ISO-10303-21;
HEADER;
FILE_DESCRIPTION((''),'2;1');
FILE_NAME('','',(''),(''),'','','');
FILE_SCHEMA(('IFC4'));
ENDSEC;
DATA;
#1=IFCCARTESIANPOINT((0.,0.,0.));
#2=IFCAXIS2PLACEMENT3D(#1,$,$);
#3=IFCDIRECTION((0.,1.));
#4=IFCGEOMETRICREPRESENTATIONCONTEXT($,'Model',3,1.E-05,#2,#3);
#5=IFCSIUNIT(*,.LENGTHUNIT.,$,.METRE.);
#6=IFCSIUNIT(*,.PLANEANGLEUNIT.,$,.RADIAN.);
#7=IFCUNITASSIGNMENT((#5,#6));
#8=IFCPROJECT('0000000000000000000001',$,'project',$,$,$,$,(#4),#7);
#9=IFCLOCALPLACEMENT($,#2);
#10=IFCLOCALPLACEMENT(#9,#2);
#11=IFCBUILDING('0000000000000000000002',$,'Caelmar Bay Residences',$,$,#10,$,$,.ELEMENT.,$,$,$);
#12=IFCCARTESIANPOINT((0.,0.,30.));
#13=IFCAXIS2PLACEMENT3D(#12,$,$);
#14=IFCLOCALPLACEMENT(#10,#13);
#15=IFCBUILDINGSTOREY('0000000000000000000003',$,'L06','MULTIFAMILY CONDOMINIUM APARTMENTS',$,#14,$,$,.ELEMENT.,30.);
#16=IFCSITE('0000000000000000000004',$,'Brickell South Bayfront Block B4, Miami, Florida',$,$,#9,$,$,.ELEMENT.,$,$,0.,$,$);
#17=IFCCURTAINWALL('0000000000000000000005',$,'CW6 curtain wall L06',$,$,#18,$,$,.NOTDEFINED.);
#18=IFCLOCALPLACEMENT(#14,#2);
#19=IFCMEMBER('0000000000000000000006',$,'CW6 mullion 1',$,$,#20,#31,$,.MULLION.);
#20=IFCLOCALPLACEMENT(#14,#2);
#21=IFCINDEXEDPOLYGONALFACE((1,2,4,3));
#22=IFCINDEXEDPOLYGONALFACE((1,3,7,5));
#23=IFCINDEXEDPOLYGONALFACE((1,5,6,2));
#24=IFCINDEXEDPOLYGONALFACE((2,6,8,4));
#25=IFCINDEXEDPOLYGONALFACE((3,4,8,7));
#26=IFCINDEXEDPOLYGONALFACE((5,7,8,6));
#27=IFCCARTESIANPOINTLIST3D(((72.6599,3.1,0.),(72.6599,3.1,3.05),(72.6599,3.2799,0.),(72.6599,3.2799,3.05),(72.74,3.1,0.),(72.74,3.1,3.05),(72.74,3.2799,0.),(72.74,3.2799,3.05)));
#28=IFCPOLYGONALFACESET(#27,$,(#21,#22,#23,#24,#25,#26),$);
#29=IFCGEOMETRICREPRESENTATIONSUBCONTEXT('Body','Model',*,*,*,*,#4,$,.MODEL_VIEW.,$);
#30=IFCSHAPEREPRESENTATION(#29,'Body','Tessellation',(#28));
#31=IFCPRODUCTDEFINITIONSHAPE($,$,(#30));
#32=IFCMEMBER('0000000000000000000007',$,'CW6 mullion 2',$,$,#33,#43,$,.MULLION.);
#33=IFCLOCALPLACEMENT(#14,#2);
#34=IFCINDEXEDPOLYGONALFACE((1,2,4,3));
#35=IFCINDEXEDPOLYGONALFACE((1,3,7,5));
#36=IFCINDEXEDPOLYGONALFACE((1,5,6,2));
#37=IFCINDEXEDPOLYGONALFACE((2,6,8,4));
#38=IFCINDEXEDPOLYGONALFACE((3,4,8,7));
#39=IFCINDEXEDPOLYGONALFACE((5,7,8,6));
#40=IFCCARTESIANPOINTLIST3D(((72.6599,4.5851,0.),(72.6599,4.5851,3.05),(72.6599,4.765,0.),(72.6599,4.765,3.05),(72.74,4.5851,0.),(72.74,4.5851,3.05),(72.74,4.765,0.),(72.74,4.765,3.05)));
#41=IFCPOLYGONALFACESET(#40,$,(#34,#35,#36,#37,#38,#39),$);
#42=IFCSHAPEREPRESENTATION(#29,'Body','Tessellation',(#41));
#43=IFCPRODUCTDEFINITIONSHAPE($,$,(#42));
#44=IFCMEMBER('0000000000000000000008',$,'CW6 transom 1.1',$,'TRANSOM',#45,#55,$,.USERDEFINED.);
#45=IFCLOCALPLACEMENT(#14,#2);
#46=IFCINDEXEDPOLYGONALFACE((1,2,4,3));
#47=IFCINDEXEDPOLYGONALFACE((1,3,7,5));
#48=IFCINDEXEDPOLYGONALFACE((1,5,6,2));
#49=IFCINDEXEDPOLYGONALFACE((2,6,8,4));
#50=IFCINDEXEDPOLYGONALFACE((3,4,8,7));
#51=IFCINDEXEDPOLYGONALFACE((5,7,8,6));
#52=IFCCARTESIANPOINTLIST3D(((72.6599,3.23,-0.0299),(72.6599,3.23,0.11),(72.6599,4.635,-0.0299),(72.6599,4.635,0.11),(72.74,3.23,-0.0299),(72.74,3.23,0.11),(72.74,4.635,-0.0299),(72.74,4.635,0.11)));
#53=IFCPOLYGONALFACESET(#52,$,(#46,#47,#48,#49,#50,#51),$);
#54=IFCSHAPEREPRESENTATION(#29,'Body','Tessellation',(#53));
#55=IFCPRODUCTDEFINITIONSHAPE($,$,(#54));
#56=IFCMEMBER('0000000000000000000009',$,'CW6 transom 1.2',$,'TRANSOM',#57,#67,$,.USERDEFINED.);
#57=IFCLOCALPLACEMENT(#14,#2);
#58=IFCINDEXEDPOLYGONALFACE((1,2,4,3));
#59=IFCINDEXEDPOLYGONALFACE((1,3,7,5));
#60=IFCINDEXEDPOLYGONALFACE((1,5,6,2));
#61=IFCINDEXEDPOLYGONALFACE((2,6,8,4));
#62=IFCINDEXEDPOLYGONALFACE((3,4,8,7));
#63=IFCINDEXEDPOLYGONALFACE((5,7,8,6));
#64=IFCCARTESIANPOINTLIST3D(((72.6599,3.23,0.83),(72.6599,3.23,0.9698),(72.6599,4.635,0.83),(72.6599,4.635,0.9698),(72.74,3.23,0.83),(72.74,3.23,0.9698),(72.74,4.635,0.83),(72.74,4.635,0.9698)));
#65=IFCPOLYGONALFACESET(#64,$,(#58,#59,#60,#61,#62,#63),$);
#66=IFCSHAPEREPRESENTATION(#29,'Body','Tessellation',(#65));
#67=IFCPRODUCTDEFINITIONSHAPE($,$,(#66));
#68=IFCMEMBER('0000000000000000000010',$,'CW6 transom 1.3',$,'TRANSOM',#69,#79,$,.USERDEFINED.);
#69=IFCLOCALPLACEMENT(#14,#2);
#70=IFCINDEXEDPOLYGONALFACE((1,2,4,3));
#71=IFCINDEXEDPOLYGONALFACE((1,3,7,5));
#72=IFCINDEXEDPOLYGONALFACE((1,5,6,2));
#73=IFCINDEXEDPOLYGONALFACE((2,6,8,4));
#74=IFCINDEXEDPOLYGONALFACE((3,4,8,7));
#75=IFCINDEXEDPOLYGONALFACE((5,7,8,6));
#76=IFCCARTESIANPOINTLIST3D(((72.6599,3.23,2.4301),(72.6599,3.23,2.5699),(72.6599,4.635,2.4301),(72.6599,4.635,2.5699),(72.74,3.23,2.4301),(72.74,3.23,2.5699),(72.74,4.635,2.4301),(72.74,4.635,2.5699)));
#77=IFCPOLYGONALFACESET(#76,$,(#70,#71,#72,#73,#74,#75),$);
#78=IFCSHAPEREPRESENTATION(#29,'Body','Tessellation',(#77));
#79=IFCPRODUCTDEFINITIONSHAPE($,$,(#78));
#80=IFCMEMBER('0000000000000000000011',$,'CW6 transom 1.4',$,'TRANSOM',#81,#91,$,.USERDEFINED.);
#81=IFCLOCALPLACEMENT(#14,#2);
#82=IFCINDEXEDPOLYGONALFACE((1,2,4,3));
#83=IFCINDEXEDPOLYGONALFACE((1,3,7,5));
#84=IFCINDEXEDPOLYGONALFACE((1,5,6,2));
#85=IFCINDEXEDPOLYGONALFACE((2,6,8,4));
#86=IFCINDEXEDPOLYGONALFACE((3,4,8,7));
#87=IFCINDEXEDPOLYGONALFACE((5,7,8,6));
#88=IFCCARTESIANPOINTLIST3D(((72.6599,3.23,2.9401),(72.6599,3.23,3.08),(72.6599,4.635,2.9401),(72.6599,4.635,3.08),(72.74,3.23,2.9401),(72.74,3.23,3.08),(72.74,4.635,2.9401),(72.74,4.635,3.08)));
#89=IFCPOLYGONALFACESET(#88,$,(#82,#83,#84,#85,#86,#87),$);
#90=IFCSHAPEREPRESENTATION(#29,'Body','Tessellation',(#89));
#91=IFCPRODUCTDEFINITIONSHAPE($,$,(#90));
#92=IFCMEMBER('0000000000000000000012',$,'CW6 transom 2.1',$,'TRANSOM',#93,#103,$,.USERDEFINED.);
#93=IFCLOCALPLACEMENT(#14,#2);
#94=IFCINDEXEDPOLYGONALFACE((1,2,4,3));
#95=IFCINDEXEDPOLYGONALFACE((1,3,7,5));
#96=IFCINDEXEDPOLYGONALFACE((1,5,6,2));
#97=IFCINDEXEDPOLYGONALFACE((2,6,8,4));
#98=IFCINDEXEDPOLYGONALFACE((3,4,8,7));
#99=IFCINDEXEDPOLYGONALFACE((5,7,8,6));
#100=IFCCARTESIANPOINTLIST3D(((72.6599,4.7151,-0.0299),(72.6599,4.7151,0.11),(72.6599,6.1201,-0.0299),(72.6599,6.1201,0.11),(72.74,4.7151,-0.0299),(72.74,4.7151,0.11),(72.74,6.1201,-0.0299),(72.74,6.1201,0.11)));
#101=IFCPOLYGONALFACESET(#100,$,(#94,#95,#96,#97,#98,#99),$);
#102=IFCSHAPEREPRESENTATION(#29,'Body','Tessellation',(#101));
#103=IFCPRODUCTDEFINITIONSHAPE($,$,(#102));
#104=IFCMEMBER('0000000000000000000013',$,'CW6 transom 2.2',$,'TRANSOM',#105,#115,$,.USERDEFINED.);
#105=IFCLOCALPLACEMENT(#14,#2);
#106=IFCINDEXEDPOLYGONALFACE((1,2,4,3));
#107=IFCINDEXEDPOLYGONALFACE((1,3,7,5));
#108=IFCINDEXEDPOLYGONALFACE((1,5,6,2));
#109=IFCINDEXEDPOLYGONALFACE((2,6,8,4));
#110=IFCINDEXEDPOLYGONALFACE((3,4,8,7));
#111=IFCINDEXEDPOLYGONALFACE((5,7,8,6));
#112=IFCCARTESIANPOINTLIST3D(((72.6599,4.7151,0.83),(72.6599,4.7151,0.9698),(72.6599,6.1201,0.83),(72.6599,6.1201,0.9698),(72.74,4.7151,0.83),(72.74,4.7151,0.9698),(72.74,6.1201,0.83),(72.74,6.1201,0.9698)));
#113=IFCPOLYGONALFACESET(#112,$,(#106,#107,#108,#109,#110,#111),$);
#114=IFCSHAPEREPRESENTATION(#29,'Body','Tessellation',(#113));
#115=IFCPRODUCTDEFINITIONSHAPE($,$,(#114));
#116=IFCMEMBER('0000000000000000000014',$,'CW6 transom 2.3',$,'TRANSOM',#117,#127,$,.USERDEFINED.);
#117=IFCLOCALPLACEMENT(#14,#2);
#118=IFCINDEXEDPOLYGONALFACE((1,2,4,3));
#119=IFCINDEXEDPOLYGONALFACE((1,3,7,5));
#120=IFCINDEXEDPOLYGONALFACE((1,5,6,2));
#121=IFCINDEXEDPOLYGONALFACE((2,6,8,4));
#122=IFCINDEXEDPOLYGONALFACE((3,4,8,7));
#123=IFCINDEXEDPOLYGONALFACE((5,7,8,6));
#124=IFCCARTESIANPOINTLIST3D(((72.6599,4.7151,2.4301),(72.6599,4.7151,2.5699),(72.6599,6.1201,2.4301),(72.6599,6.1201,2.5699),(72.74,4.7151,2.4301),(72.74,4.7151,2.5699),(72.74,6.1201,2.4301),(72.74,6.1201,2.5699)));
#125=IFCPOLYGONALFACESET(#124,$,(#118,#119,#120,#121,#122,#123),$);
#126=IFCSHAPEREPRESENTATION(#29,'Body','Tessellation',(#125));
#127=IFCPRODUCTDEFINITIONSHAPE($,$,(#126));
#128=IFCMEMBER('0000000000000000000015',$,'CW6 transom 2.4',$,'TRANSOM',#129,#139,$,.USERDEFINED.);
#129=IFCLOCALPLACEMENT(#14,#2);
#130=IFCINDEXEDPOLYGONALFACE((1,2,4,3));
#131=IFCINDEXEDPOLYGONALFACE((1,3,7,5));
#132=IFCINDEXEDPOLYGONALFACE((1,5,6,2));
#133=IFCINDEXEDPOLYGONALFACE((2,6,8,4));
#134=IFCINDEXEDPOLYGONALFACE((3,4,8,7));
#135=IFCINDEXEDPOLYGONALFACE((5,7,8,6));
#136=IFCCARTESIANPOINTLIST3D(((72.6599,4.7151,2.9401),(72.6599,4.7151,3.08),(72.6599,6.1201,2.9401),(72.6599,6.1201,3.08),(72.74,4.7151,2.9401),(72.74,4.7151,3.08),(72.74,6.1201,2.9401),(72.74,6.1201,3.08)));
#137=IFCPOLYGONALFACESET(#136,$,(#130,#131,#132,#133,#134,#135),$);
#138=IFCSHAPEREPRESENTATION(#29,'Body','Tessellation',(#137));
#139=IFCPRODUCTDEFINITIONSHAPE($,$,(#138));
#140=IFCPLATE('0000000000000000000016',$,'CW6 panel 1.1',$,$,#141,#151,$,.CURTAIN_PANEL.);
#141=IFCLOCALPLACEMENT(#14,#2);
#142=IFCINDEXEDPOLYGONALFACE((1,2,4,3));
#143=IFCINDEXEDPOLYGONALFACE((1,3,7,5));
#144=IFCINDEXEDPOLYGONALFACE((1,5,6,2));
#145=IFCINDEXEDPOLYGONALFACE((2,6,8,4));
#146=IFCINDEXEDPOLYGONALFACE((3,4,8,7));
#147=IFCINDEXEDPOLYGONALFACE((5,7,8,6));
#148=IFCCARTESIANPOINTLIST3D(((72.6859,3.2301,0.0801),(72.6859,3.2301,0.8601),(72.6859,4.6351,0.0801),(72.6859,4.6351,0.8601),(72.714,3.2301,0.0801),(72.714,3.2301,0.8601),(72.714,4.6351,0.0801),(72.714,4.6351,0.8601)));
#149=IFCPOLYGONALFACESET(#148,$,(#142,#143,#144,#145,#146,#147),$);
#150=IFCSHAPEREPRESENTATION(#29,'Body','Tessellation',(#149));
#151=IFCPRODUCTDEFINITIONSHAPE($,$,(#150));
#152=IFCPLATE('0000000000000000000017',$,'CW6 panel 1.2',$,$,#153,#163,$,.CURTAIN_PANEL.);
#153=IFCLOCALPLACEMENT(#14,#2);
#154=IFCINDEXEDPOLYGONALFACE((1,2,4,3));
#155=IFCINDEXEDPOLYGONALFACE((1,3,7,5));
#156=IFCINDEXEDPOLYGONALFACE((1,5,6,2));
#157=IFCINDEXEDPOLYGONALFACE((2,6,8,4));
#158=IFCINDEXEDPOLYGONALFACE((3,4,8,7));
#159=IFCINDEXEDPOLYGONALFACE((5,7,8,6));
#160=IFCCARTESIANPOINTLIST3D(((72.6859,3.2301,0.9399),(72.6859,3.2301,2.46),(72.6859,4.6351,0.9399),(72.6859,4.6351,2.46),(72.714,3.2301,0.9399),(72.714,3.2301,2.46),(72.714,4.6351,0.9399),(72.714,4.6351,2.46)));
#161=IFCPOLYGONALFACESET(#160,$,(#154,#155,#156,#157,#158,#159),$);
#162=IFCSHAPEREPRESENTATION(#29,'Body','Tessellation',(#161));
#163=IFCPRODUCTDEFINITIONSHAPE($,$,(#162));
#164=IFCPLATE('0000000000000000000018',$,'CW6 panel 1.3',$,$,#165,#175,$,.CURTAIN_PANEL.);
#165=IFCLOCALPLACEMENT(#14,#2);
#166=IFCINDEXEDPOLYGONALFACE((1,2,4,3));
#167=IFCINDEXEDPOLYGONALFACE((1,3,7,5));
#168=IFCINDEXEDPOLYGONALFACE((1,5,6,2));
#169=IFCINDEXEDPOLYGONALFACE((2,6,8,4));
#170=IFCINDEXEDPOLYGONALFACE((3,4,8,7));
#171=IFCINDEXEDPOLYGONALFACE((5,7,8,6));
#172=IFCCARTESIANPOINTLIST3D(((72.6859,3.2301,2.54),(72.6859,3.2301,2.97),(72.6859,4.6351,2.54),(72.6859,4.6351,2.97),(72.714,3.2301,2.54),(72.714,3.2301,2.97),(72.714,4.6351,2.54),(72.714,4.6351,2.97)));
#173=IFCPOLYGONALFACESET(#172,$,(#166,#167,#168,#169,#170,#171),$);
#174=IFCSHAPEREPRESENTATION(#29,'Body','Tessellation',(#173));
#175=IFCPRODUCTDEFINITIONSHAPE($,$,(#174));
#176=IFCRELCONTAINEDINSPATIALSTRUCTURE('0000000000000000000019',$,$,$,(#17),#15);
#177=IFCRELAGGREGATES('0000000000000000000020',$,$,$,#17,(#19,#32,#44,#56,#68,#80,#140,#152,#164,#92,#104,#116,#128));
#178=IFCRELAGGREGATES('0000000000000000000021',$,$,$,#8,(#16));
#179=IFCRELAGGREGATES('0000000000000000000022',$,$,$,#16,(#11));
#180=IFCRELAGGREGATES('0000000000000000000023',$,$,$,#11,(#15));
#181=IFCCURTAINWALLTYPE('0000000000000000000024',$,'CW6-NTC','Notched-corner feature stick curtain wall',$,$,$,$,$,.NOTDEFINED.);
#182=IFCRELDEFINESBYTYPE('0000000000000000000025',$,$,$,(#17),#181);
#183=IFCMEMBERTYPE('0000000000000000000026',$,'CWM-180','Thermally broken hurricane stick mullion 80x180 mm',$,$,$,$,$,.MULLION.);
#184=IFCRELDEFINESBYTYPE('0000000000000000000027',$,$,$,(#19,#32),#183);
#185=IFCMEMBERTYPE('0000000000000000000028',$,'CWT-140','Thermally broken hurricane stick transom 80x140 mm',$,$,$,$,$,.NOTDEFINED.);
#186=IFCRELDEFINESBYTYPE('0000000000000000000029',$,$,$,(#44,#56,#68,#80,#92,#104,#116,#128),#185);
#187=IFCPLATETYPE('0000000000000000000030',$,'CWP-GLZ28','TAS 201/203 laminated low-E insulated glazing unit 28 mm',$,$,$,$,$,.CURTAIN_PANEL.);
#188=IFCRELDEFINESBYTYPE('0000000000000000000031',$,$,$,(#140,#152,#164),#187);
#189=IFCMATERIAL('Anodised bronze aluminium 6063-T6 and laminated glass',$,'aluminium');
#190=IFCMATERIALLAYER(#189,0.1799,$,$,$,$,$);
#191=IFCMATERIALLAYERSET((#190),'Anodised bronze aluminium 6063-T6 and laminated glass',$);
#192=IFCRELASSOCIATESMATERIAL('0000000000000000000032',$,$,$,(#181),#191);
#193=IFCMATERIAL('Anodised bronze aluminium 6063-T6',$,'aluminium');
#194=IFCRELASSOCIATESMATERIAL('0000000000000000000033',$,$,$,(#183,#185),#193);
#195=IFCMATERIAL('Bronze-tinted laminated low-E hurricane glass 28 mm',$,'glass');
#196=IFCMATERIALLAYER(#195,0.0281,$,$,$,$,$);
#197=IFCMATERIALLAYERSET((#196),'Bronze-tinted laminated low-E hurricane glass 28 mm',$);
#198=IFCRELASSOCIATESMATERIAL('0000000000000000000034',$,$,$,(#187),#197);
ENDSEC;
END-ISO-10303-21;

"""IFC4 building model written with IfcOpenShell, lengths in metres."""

from ifc_helpers import new_model, si_unit, direction, frame, origin, origin_2d, place, context, subcontext, project, spatial, rectangle, extrude, material, layer, layer_set, material_profile, profile_set, type_object, element, aggregate, save


model = new_model("IFC4")

# Units and contexts
model_context = context("Model", 3, precision=1e-05, world=origin(), true_north=direction((0.0, 1.0)))
body_context = subcontext(model_context, "Body", "Model", "MODEL_VIEW")
ifc_project = project(units=[si_unit("LENGTHUNIT", "METRE"), si_unit("PLANEANGLEUNIT", "RADIAN")], contexts=[model_context])

# Site, building, storey
site_placement = place(None, origin())
site = spatial("IfcSite", under=ifc_project, at=site_placement, Name="Brickell South Bayfront Block B4, Miami, Florida", CompositionType="ELEMENT", RefElevation=0.0)
building_placement = place(site_placement, origin())
building = spatial("IfcBuilding", under=site, at=building_placement, Name="Caelmar Bay Residences", CompositionType="ELEMENT")
storey_placement = place(building_placement, frame((0.0, 0.0, 30.0)))
storey = spatial("IfcBuildingStorey", under=building, at=storey_placement, Name="L06", Description="MULTIFAMILY CONDOMINIUM APARTMENTS", CompositionType="ELEMENT", Elevation=30.0)

# Curtain wall, members, plates
ifc_material_1 = material(Name="Anodised bronze aluminium 6063-T6 and laminated glass", Category="aluminium")
ifc_layer_1 = layer(ifc_material_1, 0.1799)
ifc_layer_set_1 = layer_set([ifc_layer_1], Name="Anodised bronze aluminium 6063-T6 and laminated glass")
curtain_wall_type = type_object("IfcCurtainWallType", Name="CW6-NTC", Description="Notched-corner feature stick curtain wall", PredefinedType="NOTDEFINED", material=ifc_layer_set_1)
curtain_wall_placement = place(storey_placement, origin())
curtain_wall = element("IfcCurtainWall", 1, at=curtain_wall_placement, inside=storey, type_object=curtain_wall_type, Name="CW6 curtain wall L06", PredefinedType="NOTDEFINED")
ifc_material_2 = material(Name="Anodised bronze aluminium 6063-T6", Category="aluminium")
ifc_material_profile_1 = material_profile(ifc_material_2, rectangle(XDim=0.0801, YDim=0.1799, at=origin_2d()), Name="CWM-80X180")
ifc_profile_set_1 = profile_set([ifc_material_profile_1], Name="Anodised bronze aluminium 6063-T6")
member_type_1 = type_object("IfcMemberType", Name="CWM-180", Description="Thermally broken hurricane stick mullion 80x180 mm", PredefinedType="MULLION", material=ifc_profile_set_1)
member_1_placement = place(storey_placement, frame((72.7, 3.1899, 0.0), z_axis=(0.0, 0.0, 1.0), x_axis=(-1.0, 0.0, 0.0)))
member_1 = element("IfcMember", 2, at=member_1_placement, type_object=member_type_1, Name="CW6 mullion 1", PredefinedType="MULLION", context=body_context, shape_type="SweptSolid", body=[
    extrude(rectangle(XDim=0.0801, YDim=0.1799, at=origin_2d()), origin(), (0.0, 0.0, 1.0), 3.05),
])
member_2_placement = place(storey_placement, frame((72.7, 4.675, 0.0), z_axis=(0.0, 0.0, 1.0), x_axis=(-1.0, 0.0, 0.0)))
member_2 = element("IfcMember", 3, at=member_2_placement, type_object=member_type_1, Name="CW6 mullion 2", PredefinedType="MULLION", context=body_context, shape_type="SweptSolid", body=[
    extrude(rectangle(XDim=0.0801, YDim=0.1799, at=origin_2d()), origin(), (0.0, 0.0, 1.0), 3.05),
])
ifc_material_profile_2 = material_profile(ifc_material_2, rectangle(XDim=0.0801, YDim=0.1399, at=origin_2d()), Name="CWT-80X140")
ifc_profile_set_2 = profile_set([ifc_material_profile_2], Name="Anodised bronze aluminium 6063-T6")
member_type_2 = type_object("IfcMemberType", Name="CWT-140", Description="Thermally broken hurricane stick transom 80x140 mm", PredefinedType="NOTDEFINED", material=ifc_profile_set_2)
member_3_placement = place(storey_placement, frame((72.7, 3.23, 0.04), z_axis=(0.0, 1.0, 0.0), x_axis=(-1.0, 0.0, 0.0)))
member_3 = element("IfcMember", 4, at=member_3_placement, type_object=member_type_2, Name="CW6 transom 1.1", ObjectType="TRANSOM", PredefinedType="USERDEFINED", context=body_context, shape_type="SweptSolid", body=[
    extrude(rectangle(XDim=0.0801, YDim=0.1399, at=origin_2d()), origin(), (0.0, 0.0, 1.0), 1.405),
])
member_4_placement = place(storey_placement, frame((72.7, 3.23, 0.8999), z_axis=(0.0, 1.0, 0.0), x_axis=(-1.0, 0.0, 0.0)))
member_4 = element("IfcMember", 5, at=member_4_placement, type_object=member_type_2, Name="CW6 transom 1.2", ObjectType="TRANSOM", PredefinedType="USERDEFINED", context=body_context, shape_type="SweptSolid", body=[
    extrude(rectangle(XDim=0.0801, YDim=0.1399, at=origin_2d()), origin(), (0.0, 0.0, 1.0), 1.405),
])
member_5_placement = place(storey_placement, frame((72.7, 3.23, 2.5), z_axis=(0.0, 1.0, 0.0), x_axis=(-1.0, 0.0, 0.0)))
member_5 = element("IfcMember", 6, at=member_5_placement, type_object=member_type_2, Name="CW6 transom 1.3", ObjectType="TRANSOM", PredefinedType="USERDEFINED", context=body_context, shape_type="SweptSolid", body=[
    extrude(rectangle(XDim=0.0801, YDim=0.1399, at=origin_2d()), origin(), (0.0, 0.0, 1.0), 1.405),
])
member_6_placement = place(storey_placement, frame((72.7, 3.23, 3.01), z_axis=(0.0, 1.0, 0.0), x_axis=(-1.0, 0.0, 0.0)))
member_6 = element("IfcMember", 7, at=member_6_placement, type_object=member_type_2, Name="CW6 transom 1.4", ObjectType="TRANSOM", PredefinedType="USERDEFINED", context=body_context, shape_type="SweptSolid", body=[
    extrude(rectangle(XDim=0.0801, YDim=0.1399, at=origin_2d()), origin(), (0.0, 0.0, 1.0), 1.405),
])
member_7_placement = place(storey_placement, frame((72.7, 4.7151, 0.04), z_axis=(0.0, 1.0, 0.0), x_axis=(-1.0, 0.0, 0.0)))
member_7 = element("IfcMember", 8, at=member_7_placement, type_object=member_type_2, Name="CW6 transom 2.1", ObjectType="TRANSOM", PredefinedType="USERDEFINED", context=body_context, shape_type="SweptSolid", body=[
    extrude(rectangle(XDim=0.0801, YDim=0.1399, at=origin_2d()), origin(), (0.0, 0.0, 1.0), 1.405),
])
member_8_placement = place(storey_placement, frame((72.7, 4.7151, 0.8999), z_axis=(0.0, 1.0, 0.0), x_axis=(-1.0, 0.0, 0.0)))
member_8 = element("IfcMember", 9, at=member_8_placement, type_object=member_type_2, Name="CW6 transom 2.2", ObjectType="TRANSOM", PredefinedType="USERDEFINED", context=body_context, shape_type="SweptSolid", body=[
    extrude(rectangle(XDim=0.0801, YDim=0.1399, at=origin_2d()), origin(), (0.0, 0.0, 1.0), 1.405),
])
member_9_placement = place(storey_placement, frame((72.7, 4.7151, 2.5), z_axis=(0.0, 1.0, 0.0), x_axis=(-1.0, 0.0, 0.0)))
member_9 = element("IfcMember", 10, at=member_9_placement, type_object=member_type_2, Name="CW6 transom 2.3", ObjectType="TRANSOM", PredefinedType="USERDEFINED", context=body_context, shape_type="SweptSolid", body=[
    extrude(rectangle(XDim=0.0801, YDim=0.1399, at=origin_2d()), origin(), (0.0, 0.0, 1.0), 1.405),
])
member_10_placement = place(storey_placement, frame((72.7, 4.7151, 3.01), z_axis=(0.0, 1.0, 0.0), x_axis=(-1.0, 0.0, 0.0)))
member_10 = element("IfcMember", 11, at=member_10_placement, type_object=member_type_2, Name="CW6 transom 2.4", ObjectType="TRANSOM", PredefinedType="USERDEFINED", context=body_context, shape_type="SweptSolid", body=[
    extrude(rectangle(XDim=0.0801, YDim=0.1399, at=origin_2d()), origin(), (0.0, 0.0, 1.0), 1.405),
])
ifc_material_3 = material(Name="Bronze-tinted laminated low-E hurricane glass 28 mm", Category="glass")
ifc_layer_2 = layer(ifc_material_3, 0.0281)
ifc_layer_set_2 = layer_set([ifc_layer_2], Name="Bronze-tinted laminated low-E hurricane glass 28 mm")
plate_type = type_object("IfcPlateType", Name="CWP-GLZ28", Description="TAS 201/203 laminated low-E insulated glazing unit 28 mm", PredefinedType="CURTAIN_PANEL", material=ifc_layer_set_2)
plate_1_placement = place(storey_placement, frame((72.7, 3.9326, 0.0801), z_axis=(0.0, 0.0, 1.0), x_axis=(0.0, 1.0, 0.0)))
plate_1 = element("IfcPlate", 12, at=plate_1_placement, type_object=plate_type, Name="CW6 panel 1.1", PredefinedType="CURTAIN_PANEL", context=body_context, shape_type="SweptSolid", body=[
    extrude(rectangle(XDim=1.405, YDim=0.0281, at=origin_2d()), origin(), (0.0, 0.0, 1.0), 0.78),
])
plate_2_placement = place(storey_placement, frame((72.7, 3.9326, 0.9399), z_axis=(0.0, 0.0, 1.0), x_axis=(0.0, 1.0, 0.0)))
plate_2 = element("IfcPlate", 13, at=plate_2_placement, type_object=plate_type, Name="CW6 panel 1.2", PredefinedType="CURTAIN_PANEL", context=body_context, shape_type="SweptSolid", body=[
    extrude(rectangle(XDim=1.405, YDim=0.0281, at=origin_2d()), origin(), (0.0, 0.0, 1.0), 1.52),
])
plate_3_placement = place(storey_placement, frame((72.7, 3.9326, 2.54), z_axis=(0.0, 0.0, 1.0), x_axis=(0.0, 1.0, 0.0)))
plate_3 = element("IfcPlate", 14, at=plate_3_placement, type_object=plate_type, Name="CW6 panel 1.3", PredefinedType="CURTAIN_PANEL", context=body_context, shape_type="SweptSolid", body=[
    extrude(rectangle(XDim=1.405, YDim=0.0281, at=origin_2d()), origin(), (0.0, 0.0, 1.0), 0.4299),
])
aggregate(curtain_wall, [member_1, member_2, member_3, member_4, member_5, member_6, plate_1, plate_2, plate_3, member_7, member_8, member_9, member_10])

save(model, "model.ifc")
